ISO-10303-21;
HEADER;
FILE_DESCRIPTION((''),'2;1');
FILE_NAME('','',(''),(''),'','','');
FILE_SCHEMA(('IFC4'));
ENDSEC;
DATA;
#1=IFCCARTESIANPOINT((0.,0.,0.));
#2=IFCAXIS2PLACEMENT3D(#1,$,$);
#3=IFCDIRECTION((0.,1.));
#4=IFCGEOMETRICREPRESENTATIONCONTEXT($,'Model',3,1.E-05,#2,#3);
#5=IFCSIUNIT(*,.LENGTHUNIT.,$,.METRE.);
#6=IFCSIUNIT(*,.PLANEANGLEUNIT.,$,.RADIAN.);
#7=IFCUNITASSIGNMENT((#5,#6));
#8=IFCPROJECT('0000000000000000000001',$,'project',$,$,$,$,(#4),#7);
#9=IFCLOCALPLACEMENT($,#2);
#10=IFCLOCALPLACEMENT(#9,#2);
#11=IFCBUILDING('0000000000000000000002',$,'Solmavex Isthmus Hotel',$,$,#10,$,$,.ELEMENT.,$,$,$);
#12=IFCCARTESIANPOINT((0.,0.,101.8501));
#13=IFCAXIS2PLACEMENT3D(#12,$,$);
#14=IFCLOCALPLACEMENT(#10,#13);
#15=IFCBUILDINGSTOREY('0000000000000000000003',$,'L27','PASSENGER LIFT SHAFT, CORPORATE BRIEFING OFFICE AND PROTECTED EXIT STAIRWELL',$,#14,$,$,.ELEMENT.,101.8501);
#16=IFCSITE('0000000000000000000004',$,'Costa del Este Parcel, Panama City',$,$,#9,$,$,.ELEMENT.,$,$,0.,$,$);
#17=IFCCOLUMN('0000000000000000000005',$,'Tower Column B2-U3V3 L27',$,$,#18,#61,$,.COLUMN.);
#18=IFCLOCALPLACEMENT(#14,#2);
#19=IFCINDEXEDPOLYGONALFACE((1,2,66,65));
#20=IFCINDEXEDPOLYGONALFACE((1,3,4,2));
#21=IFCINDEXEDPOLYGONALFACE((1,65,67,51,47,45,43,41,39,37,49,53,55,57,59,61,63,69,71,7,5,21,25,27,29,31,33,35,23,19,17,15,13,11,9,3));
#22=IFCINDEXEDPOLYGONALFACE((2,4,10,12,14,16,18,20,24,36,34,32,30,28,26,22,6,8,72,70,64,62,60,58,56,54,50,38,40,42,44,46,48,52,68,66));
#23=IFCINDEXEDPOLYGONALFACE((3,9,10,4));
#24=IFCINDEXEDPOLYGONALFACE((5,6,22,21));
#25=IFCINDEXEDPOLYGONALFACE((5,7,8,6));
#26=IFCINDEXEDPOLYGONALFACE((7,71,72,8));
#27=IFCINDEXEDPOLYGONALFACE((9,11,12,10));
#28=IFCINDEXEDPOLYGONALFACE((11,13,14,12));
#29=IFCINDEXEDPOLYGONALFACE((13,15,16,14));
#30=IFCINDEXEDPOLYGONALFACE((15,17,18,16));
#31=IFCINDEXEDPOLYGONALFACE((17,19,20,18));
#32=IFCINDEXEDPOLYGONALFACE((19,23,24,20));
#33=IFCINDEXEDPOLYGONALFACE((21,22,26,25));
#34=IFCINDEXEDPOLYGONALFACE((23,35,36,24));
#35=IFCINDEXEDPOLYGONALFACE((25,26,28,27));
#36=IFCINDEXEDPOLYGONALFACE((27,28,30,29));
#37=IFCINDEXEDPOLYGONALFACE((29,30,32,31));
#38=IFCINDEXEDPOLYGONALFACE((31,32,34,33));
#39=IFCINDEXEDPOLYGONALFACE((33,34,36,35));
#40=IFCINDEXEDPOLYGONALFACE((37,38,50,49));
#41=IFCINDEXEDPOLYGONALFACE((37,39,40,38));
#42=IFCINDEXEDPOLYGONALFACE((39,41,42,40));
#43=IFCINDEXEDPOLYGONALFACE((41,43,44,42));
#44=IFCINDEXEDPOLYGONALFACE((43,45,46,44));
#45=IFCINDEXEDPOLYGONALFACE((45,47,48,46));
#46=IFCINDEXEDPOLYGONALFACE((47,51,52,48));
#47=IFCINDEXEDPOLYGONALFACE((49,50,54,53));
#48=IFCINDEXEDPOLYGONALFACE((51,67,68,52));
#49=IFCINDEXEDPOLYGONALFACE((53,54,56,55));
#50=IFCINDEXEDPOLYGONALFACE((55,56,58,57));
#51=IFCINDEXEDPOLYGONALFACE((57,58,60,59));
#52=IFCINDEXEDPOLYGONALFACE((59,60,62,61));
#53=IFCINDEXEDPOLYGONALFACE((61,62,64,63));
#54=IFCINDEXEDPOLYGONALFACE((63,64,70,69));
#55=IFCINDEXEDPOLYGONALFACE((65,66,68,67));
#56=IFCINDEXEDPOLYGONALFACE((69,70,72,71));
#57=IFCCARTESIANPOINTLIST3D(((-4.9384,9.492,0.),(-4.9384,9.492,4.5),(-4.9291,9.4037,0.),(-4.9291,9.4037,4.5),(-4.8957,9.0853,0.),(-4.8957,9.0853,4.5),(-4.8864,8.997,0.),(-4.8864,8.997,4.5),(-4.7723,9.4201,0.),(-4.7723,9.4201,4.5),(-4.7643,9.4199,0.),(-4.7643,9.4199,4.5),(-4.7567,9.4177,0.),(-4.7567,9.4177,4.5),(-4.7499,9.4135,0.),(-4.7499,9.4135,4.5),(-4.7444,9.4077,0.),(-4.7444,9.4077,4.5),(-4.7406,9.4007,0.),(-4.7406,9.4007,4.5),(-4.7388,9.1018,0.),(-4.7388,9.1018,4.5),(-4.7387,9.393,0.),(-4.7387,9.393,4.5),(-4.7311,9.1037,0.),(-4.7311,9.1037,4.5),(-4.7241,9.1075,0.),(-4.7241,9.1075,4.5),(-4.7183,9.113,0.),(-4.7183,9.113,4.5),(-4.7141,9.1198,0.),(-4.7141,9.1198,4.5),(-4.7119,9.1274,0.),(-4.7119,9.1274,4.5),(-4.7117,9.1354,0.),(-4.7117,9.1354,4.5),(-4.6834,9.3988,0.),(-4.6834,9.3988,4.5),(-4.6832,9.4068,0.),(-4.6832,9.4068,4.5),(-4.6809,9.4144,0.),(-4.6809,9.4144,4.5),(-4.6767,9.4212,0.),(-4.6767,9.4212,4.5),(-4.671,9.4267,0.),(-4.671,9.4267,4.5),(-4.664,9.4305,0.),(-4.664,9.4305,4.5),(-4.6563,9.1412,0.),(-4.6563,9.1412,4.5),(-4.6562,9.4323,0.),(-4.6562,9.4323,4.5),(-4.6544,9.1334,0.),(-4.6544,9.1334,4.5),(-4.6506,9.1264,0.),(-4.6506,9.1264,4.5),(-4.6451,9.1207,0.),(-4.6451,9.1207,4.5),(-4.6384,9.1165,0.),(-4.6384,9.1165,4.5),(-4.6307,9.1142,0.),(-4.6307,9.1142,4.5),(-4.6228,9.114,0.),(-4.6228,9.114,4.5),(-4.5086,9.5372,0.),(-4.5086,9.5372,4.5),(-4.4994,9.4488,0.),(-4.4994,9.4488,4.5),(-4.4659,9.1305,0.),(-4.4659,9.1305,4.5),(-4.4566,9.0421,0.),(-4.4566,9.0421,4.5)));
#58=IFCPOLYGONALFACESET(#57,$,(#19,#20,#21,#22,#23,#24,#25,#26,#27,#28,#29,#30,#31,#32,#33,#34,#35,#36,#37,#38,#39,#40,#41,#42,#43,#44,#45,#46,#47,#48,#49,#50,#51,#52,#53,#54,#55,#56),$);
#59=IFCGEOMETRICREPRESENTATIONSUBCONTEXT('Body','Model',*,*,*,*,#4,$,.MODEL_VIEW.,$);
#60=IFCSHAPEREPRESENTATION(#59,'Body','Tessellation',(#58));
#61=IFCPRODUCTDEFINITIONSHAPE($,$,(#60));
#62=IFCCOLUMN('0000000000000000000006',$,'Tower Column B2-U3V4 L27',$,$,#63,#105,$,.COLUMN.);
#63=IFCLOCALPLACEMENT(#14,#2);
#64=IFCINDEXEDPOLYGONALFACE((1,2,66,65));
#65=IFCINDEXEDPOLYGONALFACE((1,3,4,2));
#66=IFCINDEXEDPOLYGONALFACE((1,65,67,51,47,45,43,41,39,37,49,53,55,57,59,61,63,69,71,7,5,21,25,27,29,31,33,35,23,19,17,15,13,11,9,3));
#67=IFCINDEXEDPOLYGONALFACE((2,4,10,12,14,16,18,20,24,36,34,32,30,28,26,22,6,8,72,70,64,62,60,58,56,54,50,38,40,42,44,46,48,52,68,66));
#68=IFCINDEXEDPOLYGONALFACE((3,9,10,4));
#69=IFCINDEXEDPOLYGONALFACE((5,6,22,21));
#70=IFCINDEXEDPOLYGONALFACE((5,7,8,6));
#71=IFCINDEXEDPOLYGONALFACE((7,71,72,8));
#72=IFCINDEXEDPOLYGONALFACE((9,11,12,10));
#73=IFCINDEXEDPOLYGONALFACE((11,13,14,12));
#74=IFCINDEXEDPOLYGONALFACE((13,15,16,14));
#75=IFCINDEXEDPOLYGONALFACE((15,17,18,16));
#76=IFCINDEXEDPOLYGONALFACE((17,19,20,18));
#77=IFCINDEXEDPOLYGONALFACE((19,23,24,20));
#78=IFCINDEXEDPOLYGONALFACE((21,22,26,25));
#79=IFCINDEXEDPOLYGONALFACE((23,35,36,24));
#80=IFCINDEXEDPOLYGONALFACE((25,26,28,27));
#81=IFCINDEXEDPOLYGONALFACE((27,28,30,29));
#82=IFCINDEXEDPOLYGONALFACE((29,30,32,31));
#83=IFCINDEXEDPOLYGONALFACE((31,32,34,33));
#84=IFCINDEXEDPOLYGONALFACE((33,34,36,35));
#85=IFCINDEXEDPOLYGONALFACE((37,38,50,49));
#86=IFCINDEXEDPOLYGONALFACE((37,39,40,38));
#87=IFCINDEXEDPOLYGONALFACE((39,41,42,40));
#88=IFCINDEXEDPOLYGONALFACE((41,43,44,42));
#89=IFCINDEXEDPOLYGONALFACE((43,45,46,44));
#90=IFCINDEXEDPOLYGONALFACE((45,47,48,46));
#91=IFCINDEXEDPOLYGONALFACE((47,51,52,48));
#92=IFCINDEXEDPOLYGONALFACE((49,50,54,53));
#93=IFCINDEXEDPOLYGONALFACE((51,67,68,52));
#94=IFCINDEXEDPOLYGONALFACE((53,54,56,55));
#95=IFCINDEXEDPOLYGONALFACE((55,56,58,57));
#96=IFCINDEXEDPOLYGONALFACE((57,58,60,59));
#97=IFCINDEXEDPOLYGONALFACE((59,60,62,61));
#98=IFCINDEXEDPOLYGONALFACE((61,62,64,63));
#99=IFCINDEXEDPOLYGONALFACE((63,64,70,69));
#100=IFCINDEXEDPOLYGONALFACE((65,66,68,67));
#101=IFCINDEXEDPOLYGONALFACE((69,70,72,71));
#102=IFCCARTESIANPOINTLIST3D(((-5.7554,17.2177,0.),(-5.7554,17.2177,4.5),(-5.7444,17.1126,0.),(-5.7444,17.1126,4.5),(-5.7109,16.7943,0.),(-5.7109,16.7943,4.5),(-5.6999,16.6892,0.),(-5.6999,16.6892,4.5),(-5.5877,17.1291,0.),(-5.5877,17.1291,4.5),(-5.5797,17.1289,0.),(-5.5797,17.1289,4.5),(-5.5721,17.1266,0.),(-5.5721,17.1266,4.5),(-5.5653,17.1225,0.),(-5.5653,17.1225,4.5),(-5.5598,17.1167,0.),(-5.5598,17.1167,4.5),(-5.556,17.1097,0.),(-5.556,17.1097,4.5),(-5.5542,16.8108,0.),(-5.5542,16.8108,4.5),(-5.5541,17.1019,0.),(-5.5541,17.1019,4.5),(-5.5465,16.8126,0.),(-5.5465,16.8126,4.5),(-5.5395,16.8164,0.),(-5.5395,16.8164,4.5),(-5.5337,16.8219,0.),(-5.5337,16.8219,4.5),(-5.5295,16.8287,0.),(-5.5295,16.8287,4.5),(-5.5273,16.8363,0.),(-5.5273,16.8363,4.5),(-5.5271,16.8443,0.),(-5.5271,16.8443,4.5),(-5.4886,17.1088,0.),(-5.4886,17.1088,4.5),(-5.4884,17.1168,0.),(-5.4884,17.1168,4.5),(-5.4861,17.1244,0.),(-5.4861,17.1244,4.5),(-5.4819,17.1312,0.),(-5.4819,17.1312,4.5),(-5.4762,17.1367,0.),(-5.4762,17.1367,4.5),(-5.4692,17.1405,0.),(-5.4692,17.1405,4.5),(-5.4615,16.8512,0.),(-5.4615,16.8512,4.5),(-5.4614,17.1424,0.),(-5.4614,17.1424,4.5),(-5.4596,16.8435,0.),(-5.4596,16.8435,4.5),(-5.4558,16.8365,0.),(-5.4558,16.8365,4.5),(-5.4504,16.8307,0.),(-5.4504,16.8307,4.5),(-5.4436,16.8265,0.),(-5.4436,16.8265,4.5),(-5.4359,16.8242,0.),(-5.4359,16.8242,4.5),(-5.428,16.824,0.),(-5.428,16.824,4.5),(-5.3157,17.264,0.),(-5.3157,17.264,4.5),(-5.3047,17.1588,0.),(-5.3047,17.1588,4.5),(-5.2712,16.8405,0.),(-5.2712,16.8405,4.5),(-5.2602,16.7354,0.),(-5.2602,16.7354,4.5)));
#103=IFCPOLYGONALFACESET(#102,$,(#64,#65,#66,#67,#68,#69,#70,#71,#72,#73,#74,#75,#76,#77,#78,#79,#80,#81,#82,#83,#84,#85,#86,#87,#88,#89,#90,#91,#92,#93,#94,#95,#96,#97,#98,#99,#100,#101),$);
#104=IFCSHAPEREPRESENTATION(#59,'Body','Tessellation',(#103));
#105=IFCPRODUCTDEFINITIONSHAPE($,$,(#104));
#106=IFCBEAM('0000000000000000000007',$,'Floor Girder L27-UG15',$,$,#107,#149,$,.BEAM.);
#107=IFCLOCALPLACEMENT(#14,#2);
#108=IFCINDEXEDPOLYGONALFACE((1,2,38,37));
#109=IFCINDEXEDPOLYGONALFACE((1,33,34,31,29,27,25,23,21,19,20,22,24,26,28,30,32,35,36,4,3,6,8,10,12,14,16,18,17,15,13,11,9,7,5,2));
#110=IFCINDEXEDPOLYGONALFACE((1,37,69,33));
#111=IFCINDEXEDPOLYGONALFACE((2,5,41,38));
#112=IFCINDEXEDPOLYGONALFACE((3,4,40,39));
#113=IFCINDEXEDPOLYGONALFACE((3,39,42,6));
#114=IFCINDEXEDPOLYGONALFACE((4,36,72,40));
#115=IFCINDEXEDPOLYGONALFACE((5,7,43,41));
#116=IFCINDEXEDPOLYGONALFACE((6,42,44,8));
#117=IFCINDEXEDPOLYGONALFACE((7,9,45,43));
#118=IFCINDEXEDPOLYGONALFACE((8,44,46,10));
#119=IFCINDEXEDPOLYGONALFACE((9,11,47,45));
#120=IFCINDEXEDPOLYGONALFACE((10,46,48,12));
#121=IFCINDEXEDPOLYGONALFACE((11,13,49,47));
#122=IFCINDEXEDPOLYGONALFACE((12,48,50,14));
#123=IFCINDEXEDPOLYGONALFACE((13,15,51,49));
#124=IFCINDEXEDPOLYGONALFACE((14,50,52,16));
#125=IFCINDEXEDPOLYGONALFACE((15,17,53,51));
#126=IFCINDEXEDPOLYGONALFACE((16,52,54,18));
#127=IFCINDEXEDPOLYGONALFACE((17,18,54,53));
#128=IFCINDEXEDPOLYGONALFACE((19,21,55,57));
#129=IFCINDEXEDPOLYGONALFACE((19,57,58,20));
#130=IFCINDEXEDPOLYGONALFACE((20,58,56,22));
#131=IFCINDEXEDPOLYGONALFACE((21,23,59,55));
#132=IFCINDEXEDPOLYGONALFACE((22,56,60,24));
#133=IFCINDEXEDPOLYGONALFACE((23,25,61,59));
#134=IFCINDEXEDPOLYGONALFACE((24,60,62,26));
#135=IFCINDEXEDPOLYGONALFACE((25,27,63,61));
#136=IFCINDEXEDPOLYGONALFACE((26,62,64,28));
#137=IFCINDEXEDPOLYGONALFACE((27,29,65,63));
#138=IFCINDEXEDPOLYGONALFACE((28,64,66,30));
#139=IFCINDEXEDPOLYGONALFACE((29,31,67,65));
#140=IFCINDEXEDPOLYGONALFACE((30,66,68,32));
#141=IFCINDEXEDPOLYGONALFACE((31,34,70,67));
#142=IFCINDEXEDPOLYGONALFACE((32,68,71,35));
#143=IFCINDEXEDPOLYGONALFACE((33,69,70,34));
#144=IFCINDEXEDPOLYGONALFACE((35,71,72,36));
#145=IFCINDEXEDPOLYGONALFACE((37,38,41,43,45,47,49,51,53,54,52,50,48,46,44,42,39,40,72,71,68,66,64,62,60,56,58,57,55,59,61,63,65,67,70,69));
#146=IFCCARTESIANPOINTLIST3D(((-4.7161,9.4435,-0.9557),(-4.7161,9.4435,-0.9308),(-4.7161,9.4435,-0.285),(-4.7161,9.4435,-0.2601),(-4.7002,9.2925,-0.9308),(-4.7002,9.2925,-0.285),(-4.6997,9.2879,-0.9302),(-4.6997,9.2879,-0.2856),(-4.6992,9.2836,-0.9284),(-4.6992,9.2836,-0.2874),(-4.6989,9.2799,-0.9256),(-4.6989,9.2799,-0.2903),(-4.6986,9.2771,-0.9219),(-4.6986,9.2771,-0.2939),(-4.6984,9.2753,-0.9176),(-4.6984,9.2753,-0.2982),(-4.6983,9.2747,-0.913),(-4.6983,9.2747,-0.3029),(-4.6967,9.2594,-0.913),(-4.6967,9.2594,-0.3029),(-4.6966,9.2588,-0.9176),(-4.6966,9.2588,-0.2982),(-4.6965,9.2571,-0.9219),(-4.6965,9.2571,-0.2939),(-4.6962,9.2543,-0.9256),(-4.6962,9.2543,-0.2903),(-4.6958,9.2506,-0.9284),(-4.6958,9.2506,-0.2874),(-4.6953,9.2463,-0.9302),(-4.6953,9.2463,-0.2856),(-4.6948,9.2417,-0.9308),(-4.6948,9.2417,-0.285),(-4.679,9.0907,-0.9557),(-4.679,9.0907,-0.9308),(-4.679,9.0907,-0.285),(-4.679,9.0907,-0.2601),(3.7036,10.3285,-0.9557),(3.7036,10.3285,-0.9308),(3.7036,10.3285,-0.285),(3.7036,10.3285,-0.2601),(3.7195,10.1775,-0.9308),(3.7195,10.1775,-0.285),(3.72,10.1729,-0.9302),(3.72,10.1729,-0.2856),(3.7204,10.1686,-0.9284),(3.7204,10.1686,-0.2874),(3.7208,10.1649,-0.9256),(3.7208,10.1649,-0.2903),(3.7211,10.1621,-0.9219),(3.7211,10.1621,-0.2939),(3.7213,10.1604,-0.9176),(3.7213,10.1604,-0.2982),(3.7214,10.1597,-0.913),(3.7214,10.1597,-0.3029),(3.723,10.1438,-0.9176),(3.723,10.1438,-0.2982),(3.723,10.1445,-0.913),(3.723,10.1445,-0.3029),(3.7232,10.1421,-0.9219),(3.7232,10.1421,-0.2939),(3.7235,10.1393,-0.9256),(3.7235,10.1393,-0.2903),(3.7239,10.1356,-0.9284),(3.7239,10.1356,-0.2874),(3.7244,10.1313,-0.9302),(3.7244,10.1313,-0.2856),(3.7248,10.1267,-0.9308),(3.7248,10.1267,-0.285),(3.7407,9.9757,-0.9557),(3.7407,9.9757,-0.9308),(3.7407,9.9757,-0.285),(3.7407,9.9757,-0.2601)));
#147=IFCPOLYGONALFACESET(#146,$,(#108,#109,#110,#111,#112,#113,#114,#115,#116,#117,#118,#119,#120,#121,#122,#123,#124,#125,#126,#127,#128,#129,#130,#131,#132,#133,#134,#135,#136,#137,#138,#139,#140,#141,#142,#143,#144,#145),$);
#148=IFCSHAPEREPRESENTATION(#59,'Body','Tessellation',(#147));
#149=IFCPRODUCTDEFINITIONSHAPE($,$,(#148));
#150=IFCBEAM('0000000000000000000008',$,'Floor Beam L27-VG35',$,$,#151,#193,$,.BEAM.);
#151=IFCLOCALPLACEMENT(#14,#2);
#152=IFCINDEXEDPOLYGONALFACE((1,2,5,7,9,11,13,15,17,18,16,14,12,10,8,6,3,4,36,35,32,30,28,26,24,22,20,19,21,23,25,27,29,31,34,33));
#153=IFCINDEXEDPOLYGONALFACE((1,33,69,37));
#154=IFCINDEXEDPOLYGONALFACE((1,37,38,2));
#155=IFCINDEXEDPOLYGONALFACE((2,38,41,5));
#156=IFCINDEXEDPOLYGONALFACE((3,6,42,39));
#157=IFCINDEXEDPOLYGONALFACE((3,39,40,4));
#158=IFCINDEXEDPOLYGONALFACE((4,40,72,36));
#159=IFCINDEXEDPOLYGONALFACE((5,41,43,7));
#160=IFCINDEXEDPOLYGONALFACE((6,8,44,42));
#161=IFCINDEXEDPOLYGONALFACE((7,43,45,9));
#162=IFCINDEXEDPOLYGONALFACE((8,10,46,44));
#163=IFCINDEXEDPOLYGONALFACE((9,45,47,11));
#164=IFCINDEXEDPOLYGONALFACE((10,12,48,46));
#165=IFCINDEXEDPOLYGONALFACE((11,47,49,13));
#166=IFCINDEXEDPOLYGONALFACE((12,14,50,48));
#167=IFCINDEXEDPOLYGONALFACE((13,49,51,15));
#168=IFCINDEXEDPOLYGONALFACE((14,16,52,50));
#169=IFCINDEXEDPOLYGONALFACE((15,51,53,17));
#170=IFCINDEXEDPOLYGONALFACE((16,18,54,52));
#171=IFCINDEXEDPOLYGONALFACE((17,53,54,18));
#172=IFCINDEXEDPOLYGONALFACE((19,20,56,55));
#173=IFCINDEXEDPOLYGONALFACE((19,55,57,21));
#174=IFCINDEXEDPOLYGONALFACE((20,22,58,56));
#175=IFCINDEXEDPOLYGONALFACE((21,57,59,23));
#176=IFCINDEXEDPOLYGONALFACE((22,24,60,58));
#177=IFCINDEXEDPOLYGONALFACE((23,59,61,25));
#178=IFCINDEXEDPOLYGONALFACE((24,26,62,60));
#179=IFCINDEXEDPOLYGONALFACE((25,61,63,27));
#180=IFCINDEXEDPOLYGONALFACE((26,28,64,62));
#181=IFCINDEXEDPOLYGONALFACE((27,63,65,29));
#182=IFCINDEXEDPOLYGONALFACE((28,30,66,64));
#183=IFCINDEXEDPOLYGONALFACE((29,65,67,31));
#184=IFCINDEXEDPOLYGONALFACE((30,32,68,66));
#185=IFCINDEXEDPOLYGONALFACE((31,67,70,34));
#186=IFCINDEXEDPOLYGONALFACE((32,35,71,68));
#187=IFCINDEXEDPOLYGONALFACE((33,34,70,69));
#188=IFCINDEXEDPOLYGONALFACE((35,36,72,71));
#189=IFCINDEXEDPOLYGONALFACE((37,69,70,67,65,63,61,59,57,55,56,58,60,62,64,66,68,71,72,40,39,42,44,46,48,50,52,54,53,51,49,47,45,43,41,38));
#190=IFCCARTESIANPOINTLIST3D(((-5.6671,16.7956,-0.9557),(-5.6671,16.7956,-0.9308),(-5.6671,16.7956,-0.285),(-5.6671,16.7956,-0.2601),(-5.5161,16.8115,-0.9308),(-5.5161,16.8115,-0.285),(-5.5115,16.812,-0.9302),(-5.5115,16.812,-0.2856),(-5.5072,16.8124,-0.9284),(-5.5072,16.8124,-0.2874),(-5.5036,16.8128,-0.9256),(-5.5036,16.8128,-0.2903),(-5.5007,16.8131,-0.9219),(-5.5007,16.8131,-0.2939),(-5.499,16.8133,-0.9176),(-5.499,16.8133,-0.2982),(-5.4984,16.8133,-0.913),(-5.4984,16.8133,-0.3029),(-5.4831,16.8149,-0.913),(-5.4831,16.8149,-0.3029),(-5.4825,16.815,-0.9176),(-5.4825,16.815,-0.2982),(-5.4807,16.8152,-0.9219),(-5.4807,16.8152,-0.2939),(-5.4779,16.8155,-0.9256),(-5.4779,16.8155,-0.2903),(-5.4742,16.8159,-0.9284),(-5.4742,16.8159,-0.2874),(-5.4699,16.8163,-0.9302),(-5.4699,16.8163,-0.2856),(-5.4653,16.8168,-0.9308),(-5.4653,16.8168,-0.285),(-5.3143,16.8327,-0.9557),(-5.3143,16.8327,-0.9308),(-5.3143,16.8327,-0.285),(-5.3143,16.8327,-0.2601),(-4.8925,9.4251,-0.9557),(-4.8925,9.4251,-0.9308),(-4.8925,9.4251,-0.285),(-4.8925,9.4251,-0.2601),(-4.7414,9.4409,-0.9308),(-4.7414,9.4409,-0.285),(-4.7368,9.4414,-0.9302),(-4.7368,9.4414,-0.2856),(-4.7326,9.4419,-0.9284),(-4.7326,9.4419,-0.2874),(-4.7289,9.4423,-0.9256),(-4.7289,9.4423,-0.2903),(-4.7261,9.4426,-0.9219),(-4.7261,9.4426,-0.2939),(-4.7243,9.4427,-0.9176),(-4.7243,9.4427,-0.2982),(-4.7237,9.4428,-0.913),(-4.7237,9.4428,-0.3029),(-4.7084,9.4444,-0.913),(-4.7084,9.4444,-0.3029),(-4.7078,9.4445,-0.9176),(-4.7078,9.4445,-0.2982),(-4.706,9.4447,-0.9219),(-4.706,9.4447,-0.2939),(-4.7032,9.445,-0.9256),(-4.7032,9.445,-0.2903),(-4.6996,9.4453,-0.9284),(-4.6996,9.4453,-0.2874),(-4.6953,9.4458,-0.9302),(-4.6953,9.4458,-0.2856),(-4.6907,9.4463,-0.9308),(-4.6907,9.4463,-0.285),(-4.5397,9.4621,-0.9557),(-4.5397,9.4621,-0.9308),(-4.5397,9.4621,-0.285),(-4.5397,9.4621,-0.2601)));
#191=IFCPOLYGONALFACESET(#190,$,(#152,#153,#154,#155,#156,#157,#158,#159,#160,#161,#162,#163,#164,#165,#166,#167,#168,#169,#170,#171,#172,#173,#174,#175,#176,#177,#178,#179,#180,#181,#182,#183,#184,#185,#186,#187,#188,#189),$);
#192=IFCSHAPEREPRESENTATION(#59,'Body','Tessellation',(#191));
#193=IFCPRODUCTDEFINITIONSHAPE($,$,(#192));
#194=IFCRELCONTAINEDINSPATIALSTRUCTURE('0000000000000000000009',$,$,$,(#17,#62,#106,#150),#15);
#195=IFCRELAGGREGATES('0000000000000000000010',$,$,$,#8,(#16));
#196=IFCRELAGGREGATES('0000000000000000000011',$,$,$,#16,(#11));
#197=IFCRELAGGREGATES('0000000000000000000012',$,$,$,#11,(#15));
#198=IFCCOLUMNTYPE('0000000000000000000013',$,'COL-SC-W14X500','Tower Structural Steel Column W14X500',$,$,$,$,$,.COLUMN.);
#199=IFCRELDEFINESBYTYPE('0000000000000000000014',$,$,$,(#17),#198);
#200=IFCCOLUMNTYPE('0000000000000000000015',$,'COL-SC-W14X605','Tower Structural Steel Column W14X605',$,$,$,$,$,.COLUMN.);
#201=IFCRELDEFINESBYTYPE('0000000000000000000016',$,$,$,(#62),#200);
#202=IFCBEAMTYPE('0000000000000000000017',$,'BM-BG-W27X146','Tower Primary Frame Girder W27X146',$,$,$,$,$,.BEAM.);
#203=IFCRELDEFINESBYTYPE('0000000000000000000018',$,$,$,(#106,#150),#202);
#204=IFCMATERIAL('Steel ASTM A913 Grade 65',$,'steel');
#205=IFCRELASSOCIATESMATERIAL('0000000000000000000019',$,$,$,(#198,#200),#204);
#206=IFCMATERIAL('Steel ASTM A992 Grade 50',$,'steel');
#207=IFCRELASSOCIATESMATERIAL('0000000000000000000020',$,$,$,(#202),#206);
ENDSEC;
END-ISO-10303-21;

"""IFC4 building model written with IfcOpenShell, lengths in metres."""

from ifc_helpers import new_model, si_unit, direction, frame, origin, origin_2d, place, context, subcontext, project, spatial, i_section, extrude, material, material_profile, profile_set, type_object, element, save


model = new_model("IFC4")

# Units and contexts
model_context = context("Model", 3, precision=1e-05, world=origin(), true_north=direction((0.0, 1.0)))
body_context = subcontext(model_context, "Body", "Model", "MODEL_VIEW")
ifc_project = project(units=[si_unit("LENGTHUNIT", "METRE"), si_unit("PLANEANGLEUNIT", "RADIAN")], contexts=[model_context])

# Site, building, storey
site_placement = place(None, origin())
site = spatial("IfcSite", under=ifc_project, at=site_placement, Name="Costa del Este Parcel, Panama City", CompositionType="ELEMENT", RefElevation=0.0)
building_placement = place(site_placement, origin())
building = spatial("IfcBuilding", under=site, at=building_placement, Name="Solmavex Isthmus Hotel", CompositionType="ELEMENT")
storey_placement = place(building_placement, frame((0.0, 0.0, 101.8501)))
storey = spatial("IfcBuildingStorey", under=building, at=storey_placement, Name="L27", Description="PASSENGER LIFT SHAFT, CORPORATE BRIEFING OFFICE AND PROTECTED EXIT STAIRWELL", CompositionType="ELEMENT", Elevation=101.8501)

# Columns
ifc_material_1 = material(Name="Steel ASTM A913 Grade 65", Category="steel")
ifc_material_profile_1 = material_profile(ifc_material_1, i_section(OverallWidth=0.4321, OverallDepth=0.4978, WebThickness=0.0557, FlangeThickness=0.0889, FilletRadius=0.0305, at=origin_2d()), Name="W14X500")
ifc_profile_set_1 = profile_set([ifc_material_profile_1], Name="Steel ASTM A913 Grade 65")
column_type_1 = type_object("IfcColumnType", Name="COL-SC-W14X500", Description="Tower Structural Steel Column W14X500", PredefinedType="COLUMN", material=ifc_profile_set_1)
column_1_placement = place(storey_placement, frame((-4.6975, 9.2671, 0.0), z_axis=(0.0, 0.0, 1.0), x_axis=(0.994522, 0.104528, 0.0)))
element("IfcColumn", 1, at=column_1_placement, inside=storey, type_object=column_type_1, Name="Tower Column B2-U3V3 L27", PredefinedType="COLUMN", context=body_context, shape_type="SweptSolid", body=[
    extrude(i_section(OverallWidth=0.4321, OverallDepth=0.4978, WebThickness=0.0557, FlangeThickness=0.0889, FilletRadius=0.0305, at=origin_2d()), origin(), (0.0, 0.0, 1.0), 4.5),
])
ifc_material_profile_2 = material_profile(ifc_material_1, i_section(OverallWidth=0.4421, OverallDepth=0.5315, WebThickness=0.0659, FlangeThickness=0.1057, FilletRadius=0.0305, at=origin_2d()), Name="W14X605")
ifc_profile_set_2 = profile_set([ifc_material_profile_2], Name="Steel ASTM A913 Grade 65")
column_type_2 = type_object("IfcColumnType", Name="COL-SC-W14X605", Description="Tower Structural Steel Column W14X605", PredefinedType="COLUMN", material=ifc_profile_set_2)
column_2_placement = place(storey_placement, frame((-5.5078, 16.9766, 0.0), z_axis=(0.0, 0.0, 1.0), x_axis=(0.994522, 0.104528, 0.0)))
element("IfcColumn", 2, at=column_2_placement, inside=storey, type_object=column_type_2, Name="Tower Column B2-U3V4 L27", PredefinedType="COLUMN", context=body_context, shape_type="SweptSolid", body=[
    extrude(i_section(OverallWidth=0.4421, OverallDepth=0.5315, WebThickness=0.0659, FlangeThickness=0.1057, FilletRadius=0.0305, at=origin_2d()), origin(), (0.0, 0.0, 1.0), 4.5),
])

# Beams
ifc_material_2 = material(Name="Steel ASTM A992 Grade 50", Category="steel")
ifc_material_profile_3 = material_profile(ifc_material_2, i_section(OverallWidth=0.3547, OverallDepth=0.6956, WebThickness=0.0154, FlangeThickness=0.0249, FilletRadius=0.0178, at=origin_2d()), Name="W27X146")
ifc_profile_set_3 = profile_set([ifc_material_profile_3], Name="Steel ASTM A992 Grade 50")
beam_type_1 = type_object("IfcBeamType", Name="BM-BG-W27X146", Description="Tower Primary Frame Girder W27X146", PredefinedType="BEAM", material=ifc_profile_set_3)
beam_1_placement = place(storey_placement, frame((-4.6975, 9.2671, -0.6079), z_axis=(0.994521, 0.104536, 0.0), x_axis=(-0.104536, 0.994521, 0.0)))
element("IfcBeam", 3, at=beam_1_placement, inside=storey, type_object=beam_type_1, Name="Floor Girder L27-UG15", PredefinedType="BEAM", context=body_context, shape_type="SweptSolid", body=[
    extrude(i_section(OverallWidth=0.3547, OverallDepth=0.6956, WebThickness=0.0154, FlangeThickness=0.0249, FilletRadius=0.0178, at=origin_2d()), origin(), (0.0, 0.0, 1.0), 8.4661),
])
beam_2_placement = place(storey_placement, frame((-4.7161, 9.4436, -0.6079), z_axis=(-0.104525, 0.994522, 0.0), x_axis=(-0.994522, -0.104525, 0.0)))
element("IfcBeam", 4, at=beam_2_placement, inside=storey, type_object=beam_type_1, Name="Floor Beam L27-VG35", PredefinedType="BEAM", context=body_context, shape_type="SweptSolid", body=[
    extrude(i_section(OverallWidth=0.3547, OverallDepth=0.6956, WebThickness=0.0154, FlangeThickness=0.0249, FilletRadius=0.0178, at=origin_2d()), origin(), (0.0, 0.0, 1.0), 7.4111),
])

save(model, "model.ifc")
